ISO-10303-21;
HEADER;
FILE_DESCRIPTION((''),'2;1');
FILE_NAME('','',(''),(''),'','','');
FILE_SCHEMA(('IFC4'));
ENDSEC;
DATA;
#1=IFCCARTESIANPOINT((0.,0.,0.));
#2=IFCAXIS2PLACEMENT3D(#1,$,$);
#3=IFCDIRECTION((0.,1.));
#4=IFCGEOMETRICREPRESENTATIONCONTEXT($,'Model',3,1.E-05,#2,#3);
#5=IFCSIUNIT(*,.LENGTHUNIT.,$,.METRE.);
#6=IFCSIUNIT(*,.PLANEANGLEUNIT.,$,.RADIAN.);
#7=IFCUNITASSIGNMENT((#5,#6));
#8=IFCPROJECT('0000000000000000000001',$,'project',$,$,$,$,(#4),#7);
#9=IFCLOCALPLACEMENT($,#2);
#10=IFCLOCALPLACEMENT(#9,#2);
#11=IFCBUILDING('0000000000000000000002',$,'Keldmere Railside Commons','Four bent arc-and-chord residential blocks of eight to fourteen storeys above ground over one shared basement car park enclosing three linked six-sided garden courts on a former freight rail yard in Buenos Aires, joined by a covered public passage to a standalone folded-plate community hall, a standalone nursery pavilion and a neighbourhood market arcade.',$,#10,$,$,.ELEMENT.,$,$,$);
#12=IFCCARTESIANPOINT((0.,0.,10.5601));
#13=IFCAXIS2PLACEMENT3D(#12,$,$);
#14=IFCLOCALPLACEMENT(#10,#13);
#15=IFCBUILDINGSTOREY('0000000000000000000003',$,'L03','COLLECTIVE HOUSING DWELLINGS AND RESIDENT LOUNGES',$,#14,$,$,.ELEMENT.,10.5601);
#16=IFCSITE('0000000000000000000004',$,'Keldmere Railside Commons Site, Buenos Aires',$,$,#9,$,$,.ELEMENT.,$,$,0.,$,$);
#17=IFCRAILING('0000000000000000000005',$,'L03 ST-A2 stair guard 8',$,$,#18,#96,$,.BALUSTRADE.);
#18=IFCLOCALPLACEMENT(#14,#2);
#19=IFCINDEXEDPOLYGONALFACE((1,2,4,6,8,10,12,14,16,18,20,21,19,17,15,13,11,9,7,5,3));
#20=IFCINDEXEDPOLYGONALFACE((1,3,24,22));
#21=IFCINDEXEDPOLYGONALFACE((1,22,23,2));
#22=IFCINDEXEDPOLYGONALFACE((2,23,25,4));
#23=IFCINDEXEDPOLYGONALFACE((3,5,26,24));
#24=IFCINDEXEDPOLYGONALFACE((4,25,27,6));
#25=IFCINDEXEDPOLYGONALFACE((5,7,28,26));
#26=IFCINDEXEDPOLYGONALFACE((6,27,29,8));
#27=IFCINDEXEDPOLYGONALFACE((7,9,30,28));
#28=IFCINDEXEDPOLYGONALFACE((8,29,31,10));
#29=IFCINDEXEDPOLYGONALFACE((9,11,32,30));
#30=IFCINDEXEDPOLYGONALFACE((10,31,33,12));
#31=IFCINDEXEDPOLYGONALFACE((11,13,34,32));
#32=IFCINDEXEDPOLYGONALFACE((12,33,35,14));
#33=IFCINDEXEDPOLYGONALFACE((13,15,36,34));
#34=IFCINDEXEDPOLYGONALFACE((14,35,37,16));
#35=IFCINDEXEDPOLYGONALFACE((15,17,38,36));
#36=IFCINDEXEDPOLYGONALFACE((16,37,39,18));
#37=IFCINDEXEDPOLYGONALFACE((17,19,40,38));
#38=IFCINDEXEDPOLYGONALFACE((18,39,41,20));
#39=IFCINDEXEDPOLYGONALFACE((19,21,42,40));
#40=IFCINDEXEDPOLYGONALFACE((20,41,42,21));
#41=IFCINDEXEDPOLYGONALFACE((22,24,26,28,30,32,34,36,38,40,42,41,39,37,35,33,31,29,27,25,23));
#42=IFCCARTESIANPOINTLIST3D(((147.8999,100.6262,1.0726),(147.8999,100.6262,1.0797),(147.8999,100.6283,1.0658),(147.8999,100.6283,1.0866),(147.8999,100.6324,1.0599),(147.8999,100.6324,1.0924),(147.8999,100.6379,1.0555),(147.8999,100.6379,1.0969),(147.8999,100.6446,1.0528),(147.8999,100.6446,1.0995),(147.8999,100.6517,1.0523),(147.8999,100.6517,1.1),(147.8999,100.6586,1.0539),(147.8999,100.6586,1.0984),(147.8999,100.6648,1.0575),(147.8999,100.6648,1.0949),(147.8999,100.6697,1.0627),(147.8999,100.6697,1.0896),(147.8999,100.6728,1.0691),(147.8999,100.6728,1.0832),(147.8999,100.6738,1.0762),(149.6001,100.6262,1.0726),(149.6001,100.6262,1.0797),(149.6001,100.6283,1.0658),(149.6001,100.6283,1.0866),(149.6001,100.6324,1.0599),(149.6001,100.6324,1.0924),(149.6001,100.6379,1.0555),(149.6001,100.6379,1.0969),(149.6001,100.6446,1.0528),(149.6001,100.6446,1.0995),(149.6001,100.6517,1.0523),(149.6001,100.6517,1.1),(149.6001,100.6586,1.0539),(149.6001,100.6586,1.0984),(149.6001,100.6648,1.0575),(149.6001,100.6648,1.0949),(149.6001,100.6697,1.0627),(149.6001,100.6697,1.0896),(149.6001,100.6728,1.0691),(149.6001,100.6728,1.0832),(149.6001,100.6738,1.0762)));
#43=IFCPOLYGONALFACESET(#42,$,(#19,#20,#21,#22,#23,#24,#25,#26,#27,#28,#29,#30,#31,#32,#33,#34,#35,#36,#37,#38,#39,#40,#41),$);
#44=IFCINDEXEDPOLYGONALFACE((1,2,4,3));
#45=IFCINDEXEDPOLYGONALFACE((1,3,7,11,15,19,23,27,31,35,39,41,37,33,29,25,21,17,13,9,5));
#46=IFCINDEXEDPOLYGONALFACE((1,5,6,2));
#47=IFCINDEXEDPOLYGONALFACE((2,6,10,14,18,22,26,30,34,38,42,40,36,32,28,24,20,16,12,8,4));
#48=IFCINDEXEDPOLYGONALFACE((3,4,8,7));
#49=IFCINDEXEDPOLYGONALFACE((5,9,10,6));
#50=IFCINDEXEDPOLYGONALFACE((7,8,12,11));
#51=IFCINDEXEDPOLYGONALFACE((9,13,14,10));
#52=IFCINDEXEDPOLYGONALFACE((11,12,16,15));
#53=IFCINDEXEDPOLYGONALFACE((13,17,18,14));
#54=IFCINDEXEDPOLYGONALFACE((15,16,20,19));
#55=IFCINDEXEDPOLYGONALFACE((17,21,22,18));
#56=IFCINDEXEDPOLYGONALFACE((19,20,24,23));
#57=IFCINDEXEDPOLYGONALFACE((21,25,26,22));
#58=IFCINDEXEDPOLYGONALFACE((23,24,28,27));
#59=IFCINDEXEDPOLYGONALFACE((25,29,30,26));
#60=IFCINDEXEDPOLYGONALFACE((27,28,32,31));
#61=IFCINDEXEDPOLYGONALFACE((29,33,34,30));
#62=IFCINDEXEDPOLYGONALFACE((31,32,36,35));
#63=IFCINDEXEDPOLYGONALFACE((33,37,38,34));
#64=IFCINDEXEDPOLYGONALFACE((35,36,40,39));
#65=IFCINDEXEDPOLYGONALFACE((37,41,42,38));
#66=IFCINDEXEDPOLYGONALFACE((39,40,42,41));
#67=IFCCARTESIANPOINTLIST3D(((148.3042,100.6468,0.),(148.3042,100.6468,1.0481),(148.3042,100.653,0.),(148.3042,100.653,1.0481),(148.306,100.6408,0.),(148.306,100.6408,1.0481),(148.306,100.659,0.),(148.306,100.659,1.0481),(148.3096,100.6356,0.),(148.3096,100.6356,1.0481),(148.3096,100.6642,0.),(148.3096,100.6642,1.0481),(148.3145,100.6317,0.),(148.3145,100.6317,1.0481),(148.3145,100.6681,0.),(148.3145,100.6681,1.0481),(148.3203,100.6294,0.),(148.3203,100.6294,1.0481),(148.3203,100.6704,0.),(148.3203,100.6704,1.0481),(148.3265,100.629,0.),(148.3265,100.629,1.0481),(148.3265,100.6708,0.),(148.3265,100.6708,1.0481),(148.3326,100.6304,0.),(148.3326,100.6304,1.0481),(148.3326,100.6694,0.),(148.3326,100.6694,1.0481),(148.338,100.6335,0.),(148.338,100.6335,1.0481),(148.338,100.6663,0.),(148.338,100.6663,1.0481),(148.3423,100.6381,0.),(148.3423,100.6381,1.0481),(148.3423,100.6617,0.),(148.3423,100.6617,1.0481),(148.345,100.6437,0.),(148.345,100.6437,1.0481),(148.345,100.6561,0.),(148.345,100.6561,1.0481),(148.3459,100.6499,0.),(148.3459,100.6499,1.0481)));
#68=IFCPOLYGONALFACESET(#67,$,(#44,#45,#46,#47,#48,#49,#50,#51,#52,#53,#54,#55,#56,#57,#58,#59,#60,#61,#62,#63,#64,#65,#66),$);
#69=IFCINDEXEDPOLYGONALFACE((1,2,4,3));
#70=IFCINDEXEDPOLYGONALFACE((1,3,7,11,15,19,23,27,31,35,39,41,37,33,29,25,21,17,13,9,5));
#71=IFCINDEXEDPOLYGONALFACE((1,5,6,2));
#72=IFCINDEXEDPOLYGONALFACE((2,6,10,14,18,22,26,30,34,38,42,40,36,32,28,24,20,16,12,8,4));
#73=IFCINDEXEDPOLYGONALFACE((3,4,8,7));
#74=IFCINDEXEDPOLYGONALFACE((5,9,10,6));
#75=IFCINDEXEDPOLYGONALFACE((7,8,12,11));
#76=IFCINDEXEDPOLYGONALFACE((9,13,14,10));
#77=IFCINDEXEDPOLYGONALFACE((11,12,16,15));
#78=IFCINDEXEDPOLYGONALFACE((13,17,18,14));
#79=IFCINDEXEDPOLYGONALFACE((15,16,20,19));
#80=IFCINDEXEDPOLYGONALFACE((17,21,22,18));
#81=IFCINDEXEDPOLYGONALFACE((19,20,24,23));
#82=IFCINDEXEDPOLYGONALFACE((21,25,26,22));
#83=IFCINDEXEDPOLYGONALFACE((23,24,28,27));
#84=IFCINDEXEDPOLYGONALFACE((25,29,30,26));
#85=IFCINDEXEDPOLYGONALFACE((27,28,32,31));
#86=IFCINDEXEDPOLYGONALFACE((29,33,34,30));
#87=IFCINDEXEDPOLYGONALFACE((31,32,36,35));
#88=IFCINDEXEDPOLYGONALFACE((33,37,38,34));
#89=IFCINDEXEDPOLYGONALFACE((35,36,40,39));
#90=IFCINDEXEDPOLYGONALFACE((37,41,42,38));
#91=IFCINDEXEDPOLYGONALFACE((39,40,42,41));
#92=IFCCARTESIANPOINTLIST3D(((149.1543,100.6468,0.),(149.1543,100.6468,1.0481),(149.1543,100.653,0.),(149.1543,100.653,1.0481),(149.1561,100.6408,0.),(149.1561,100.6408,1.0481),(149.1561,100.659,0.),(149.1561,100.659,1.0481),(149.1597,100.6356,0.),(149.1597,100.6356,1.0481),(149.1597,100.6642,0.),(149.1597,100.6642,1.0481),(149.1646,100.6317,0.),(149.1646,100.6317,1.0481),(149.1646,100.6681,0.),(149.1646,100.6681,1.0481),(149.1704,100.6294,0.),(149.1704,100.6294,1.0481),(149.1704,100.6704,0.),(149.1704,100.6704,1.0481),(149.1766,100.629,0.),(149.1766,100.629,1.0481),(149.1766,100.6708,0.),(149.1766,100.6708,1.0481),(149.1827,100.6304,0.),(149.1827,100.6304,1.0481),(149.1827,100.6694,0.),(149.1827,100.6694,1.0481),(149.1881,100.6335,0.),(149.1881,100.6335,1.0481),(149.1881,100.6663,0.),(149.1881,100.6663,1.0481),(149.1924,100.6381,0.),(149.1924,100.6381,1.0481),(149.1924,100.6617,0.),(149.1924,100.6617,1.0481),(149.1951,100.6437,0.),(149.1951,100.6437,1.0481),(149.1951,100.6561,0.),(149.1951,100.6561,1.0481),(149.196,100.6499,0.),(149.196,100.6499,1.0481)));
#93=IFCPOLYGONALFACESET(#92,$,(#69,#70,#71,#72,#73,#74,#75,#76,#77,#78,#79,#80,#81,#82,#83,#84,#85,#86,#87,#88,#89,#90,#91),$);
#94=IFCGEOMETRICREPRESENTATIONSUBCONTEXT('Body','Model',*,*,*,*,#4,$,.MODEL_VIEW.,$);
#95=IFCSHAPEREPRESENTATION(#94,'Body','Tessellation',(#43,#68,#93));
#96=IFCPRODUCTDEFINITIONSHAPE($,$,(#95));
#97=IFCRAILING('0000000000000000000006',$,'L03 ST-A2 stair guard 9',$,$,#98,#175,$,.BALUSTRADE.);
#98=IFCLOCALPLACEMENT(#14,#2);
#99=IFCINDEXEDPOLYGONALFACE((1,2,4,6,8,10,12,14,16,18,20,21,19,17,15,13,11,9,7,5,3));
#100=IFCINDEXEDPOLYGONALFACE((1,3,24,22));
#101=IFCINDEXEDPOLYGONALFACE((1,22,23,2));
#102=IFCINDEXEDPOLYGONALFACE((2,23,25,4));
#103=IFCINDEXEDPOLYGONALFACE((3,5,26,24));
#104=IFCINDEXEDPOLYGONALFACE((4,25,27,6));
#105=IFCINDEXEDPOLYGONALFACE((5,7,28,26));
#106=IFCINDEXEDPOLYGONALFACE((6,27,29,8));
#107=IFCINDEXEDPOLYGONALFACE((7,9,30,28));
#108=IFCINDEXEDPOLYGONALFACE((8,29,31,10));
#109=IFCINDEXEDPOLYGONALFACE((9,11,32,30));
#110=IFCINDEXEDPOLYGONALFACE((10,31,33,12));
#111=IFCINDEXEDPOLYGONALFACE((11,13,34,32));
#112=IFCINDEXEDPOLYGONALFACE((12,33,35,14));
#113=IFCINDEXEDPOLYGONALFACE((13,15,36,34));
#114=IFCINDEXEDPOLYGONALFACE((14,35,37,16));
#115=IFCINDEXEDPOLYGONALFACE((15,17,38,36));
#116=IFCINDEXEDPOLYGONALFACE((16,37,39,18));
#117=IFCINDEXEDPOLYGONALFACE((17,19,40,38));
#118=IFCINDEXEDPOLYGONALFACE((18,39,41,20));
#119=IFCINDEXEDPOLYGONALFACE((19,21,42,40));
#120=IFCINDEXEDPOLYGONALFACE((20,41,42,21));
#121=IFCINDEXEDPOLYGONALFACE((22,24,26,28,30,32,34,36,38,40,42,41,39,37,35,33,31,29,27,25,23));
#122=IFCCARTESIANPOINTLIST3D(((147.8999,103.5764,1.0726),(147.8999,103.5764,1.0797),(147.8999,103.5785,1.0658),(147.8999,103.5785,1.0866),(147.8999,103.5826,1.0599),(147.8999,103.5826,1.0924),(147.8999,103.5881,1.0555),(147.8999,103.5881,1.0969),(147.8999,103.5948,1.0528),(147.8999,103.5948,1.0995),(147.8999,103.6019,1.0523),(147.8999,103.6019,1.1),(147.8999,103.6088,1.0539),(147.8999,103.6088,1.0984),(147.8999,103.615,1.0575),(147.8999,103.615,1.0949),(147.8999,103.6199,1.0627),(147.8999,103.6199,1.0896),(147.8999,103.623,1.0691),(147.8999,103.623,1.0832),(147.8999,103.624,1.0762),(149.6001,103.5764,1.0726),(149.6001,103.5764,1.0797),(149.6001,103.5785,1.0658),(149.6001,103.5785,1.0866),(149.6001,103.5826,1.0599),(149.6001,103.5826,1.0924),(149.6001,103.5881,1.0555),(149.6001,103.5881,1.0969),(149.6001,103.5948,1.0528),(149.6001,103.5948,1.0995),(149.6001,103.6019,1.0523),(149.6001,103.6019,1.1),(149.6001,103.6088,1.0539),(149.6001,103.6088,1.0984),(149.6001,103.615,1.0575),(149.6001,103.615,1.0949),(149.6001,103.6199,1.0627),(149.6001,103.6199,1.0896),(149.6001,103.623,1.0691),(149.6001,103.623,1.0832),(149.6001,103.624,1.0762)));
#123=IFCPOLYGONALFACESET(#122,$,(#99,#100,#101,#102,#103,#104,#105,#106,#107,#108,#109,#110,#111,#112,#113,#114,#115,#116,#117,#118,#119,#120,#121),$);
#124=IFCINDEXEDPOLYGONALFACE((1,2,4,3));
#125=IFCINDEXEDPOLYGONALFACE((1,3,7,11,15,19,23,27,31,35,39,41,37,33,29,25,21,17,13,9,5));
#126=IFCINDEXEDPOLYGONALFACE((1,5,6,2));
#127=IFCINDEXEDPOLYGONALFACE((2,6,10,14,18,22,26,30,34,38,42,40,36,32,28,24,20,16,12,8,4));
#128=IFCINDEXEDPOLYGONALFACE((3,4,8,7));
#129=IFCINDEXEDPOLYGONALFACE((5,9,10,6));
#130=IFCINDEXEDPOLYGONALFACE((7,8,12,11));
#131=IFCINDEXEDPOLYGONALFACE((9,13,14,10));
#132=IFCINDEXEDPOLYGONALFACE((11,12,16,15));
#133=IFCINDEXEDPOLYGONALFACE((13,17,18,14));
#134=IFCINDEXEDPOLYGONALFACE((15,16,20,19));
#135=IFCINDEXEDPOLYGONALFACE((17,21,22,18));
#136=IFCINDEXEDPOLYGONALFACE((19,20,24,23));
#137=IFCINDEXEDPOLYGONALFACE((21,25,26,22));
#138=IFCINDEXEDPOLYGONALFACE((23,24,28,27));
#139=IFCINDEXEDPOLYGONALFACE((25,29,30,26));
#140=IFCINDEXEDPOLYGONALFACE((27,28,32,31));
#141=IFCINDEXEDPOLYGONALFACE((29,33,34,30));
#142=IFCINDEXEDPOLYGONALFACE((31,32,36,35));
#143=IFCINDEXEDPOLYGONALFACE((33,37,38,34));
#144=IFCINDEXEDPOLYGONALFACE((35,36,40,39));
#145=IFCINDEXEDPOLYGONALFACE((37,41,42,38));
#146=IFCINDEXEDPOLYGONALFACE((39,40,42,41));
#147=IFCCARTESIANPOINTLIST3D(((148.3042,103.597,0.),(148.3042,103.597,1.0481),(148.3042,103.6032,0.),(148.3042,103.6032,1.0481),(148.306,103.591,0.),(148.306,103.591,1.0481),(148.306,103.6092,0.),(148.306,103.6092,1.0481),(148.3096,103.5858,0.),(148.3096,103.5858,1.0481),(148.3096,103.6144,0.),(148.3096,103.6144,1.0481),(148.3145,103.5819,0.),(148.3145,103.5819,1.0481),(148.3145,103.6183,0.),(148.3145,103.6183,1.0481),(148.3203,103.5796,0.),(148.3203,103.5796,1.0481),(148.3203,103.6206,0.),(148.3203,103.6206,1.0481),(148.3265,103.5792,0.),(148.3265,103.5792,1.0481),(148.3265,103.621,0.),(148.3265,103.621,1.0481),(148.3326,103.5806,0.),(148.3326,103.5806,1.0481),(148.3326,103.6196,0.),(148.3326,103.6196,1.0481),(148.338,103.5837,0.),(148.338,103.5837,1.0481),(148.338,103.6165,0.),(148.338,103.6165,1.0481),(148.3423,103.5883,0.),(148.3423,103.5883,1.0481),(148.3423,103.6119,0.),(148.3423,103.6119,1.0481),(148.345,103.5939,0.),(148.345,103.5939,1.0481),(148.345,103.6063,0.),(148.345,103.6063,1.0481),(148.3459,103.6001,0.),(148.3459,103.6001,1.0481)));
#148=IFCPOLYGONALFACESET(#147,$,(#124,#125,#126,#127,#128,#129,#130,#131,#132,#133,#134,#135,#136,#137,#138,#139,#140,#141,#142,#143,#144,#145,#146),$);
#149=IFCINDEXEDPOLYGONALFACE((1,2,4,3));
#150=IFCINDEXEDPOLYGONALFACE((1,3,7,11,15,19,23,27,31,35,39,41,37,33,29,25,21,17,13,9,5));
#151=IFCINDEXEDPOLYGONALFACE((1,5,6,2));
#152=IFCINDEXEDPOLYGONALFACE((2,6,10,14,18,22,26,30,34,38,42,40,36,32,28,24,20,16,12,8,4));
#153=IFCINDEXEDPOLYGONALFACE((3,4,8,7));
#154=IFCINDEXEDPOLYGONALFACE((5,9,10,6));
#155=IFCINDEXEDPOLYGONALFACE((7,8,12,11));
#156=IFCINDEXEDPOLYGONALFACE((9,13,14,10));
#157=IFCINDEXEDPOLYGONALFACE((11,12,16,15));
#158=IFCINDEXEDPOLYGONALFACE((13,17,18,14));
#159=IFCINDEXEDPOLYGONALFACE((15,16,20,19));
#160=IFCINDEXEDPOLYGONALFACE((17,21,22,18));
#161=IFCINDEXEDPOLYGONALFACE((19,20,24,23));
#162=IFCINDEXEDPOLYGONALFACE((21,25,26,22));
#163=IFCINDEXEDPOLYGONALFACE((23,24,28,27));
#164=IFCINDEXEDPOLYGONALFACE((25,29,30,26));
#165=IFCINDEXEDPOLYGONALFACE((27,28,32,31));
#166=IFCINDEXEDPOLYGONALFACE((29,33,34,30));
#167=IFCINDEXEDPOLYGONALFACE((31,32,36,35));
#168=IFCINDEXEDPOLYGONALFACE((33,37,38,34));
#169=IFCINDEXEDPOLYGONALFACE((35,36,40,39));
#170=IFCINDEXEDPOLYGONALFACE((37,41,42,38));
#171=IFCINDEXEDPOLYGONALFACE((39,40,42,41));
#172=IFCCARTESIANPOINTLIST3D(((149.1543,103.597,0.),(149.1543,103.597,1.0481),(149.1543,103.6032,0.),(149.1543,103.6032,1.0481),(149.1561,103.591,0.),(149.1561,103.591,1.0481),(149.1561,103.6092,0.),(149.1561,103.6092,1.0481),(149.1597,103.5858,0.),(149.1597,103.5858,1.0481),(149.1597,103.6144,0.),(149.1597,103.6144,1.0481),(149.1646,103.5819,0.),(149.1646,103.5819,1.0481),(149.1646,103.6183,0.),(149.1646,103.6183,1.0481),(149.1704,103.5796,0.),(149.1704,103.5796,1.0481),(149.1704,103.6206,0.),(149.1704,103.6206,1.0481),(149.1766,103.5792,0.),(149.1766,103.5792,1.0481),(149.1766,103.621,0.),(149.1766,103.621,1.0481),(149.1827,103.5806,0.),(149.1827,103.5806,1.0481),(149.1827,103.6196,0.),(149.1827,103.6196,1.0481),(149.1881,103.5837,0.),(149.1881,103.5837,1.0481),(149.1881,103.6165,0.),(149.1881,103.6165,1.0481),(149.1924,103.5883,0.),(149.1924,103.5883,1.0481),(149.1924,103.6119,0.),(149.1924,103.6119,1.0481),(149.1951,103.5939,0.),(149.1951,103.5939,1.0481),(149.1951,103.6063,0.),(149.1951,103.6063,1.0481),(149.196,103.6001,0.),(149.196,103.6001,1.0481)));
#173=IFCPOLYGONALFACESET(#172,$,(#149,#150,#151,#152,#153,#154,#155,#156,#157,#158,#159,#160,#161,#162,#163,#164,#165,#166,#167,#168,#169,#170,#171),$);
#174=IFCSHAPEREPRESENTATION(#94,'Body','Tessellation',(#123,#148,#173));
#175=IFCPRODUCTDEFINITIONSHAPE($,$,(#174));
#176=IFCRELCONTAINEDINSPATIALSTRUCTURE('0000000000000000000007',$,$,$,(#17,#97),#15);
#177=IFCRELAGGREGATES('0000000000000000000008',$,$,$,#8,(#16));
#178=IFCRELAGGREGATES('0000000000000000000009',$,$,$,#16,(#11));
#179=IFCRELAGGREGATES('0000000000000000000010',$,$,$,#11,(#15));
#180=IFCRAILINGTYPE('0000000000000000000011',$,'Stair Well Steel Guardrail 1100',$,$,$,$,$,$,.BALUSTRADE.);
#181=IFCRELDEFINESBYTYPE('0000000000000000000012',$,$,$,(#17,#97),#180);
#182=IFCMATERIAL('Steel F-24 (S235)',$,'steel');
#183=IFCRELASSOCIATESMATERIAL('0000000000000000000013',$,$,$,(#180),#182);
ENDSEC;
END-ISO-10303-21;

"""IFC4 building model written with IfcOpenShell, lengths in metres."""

from ifc_helpers import new_model, si_unit, direction, frame, origin, origin_2d, place, context, subcontext, project, spatial, circle, extrude, material, type_object, element, save


model = new_model("IFC4")

# Units and contexts
model_context = context("Model", 3, precision=1e-05, world=origin(), true_north=direction((0.0, 1.0)))
body_context = subcontext(model_context, "Body", "Model", "MODEL_VIEW")
ifc_project = project(units=[si_unit("LENGTHUNIT", "METRE"), si_unit("PLANEANGLEUNIT", "RADIAN")], contexts=[model_context])

# Site, building, storey
site_placement = place(None, origin())
site = spatial("IfcSite", under=ifc_project, at=site_placement, Name="Keldmere Railside Commons Site, Buenos Aires", CompositionType="ELEMENT", RefElevation=0.0)
building_placement = place(site_placement, origin())
building = spatial("IfcBuilding", under=site, at=building_placement, Name="Keldmere Railside Commons", Description="Four bent arc-and-chord residential blocks of eight to fourteen storeys above ground over one shared basement car park enclosing three linked six-sided garden courts on a former freight rail yard in Buenos Aires, joined by a covered public passage to a standalone folded-plate community hall, a standalone nursery pavilion and a neighbourhood market arcade.", CompositionType="ELEMENT")
storey_placement = place(building_placement, frame((0.0, 0.0, 10.5601)))
storey = spatial("IfcBuildingStorey", under=building, at=storey_placement, Name="L03", Description="COLLECTIVE HOUSING DWELLINGS AND RESIDENT LOUNGES", CompositionType="ELEMENT", Elevation=10.5601)

# Railings
ifc_material_1 = material(Name="Steel F-24 (S235)", Category="steel")
railing_type_1 = type_object("IfcRailingType", Name="Stair Well Steel Guardrail 1100", PredefinedType="BALUSTRADE", material=ifc_material_1)
for number, where, name in (
    (1, (147.8999, 100.6499, 0.0), "L03 ST-A2 stair guard 8"),
    (2, (147.8999, 103.6001, 0.0), "L03 ST-A2 stair guard 9"),
):
    element("IfcRailing", number, at=place(storey_placement, frame(where)), inside=storey, type_object=railing_type_1, Name=name, PredefinedType="BALUSTRADE", context=body_context, shape_type="SweptSolid", body=[
        extrude(circle(Radius=0.0239, at=origin_2d()), frame((0.0, 0.0, 1.0762), z_axis=(1.0, 0.0, 0.0), x_axis=(0.0, 1.0, 0.0)), (0.0, 0.0, 1.0), 1.7002),
        extrude(circle(Radius=0.021, at=origin_2d()), frame((0.425, 0.0, 0.0)), (0.0, 0.0, 1.0), 1.0481),
        extrude(circle(Radius=0.021, at=origin_2d()), frame((1.2751, 0.0, 0.0)), (0.0, 0.0, 1.0), 1.0481),
    ])

save(model, "model.ifc")
